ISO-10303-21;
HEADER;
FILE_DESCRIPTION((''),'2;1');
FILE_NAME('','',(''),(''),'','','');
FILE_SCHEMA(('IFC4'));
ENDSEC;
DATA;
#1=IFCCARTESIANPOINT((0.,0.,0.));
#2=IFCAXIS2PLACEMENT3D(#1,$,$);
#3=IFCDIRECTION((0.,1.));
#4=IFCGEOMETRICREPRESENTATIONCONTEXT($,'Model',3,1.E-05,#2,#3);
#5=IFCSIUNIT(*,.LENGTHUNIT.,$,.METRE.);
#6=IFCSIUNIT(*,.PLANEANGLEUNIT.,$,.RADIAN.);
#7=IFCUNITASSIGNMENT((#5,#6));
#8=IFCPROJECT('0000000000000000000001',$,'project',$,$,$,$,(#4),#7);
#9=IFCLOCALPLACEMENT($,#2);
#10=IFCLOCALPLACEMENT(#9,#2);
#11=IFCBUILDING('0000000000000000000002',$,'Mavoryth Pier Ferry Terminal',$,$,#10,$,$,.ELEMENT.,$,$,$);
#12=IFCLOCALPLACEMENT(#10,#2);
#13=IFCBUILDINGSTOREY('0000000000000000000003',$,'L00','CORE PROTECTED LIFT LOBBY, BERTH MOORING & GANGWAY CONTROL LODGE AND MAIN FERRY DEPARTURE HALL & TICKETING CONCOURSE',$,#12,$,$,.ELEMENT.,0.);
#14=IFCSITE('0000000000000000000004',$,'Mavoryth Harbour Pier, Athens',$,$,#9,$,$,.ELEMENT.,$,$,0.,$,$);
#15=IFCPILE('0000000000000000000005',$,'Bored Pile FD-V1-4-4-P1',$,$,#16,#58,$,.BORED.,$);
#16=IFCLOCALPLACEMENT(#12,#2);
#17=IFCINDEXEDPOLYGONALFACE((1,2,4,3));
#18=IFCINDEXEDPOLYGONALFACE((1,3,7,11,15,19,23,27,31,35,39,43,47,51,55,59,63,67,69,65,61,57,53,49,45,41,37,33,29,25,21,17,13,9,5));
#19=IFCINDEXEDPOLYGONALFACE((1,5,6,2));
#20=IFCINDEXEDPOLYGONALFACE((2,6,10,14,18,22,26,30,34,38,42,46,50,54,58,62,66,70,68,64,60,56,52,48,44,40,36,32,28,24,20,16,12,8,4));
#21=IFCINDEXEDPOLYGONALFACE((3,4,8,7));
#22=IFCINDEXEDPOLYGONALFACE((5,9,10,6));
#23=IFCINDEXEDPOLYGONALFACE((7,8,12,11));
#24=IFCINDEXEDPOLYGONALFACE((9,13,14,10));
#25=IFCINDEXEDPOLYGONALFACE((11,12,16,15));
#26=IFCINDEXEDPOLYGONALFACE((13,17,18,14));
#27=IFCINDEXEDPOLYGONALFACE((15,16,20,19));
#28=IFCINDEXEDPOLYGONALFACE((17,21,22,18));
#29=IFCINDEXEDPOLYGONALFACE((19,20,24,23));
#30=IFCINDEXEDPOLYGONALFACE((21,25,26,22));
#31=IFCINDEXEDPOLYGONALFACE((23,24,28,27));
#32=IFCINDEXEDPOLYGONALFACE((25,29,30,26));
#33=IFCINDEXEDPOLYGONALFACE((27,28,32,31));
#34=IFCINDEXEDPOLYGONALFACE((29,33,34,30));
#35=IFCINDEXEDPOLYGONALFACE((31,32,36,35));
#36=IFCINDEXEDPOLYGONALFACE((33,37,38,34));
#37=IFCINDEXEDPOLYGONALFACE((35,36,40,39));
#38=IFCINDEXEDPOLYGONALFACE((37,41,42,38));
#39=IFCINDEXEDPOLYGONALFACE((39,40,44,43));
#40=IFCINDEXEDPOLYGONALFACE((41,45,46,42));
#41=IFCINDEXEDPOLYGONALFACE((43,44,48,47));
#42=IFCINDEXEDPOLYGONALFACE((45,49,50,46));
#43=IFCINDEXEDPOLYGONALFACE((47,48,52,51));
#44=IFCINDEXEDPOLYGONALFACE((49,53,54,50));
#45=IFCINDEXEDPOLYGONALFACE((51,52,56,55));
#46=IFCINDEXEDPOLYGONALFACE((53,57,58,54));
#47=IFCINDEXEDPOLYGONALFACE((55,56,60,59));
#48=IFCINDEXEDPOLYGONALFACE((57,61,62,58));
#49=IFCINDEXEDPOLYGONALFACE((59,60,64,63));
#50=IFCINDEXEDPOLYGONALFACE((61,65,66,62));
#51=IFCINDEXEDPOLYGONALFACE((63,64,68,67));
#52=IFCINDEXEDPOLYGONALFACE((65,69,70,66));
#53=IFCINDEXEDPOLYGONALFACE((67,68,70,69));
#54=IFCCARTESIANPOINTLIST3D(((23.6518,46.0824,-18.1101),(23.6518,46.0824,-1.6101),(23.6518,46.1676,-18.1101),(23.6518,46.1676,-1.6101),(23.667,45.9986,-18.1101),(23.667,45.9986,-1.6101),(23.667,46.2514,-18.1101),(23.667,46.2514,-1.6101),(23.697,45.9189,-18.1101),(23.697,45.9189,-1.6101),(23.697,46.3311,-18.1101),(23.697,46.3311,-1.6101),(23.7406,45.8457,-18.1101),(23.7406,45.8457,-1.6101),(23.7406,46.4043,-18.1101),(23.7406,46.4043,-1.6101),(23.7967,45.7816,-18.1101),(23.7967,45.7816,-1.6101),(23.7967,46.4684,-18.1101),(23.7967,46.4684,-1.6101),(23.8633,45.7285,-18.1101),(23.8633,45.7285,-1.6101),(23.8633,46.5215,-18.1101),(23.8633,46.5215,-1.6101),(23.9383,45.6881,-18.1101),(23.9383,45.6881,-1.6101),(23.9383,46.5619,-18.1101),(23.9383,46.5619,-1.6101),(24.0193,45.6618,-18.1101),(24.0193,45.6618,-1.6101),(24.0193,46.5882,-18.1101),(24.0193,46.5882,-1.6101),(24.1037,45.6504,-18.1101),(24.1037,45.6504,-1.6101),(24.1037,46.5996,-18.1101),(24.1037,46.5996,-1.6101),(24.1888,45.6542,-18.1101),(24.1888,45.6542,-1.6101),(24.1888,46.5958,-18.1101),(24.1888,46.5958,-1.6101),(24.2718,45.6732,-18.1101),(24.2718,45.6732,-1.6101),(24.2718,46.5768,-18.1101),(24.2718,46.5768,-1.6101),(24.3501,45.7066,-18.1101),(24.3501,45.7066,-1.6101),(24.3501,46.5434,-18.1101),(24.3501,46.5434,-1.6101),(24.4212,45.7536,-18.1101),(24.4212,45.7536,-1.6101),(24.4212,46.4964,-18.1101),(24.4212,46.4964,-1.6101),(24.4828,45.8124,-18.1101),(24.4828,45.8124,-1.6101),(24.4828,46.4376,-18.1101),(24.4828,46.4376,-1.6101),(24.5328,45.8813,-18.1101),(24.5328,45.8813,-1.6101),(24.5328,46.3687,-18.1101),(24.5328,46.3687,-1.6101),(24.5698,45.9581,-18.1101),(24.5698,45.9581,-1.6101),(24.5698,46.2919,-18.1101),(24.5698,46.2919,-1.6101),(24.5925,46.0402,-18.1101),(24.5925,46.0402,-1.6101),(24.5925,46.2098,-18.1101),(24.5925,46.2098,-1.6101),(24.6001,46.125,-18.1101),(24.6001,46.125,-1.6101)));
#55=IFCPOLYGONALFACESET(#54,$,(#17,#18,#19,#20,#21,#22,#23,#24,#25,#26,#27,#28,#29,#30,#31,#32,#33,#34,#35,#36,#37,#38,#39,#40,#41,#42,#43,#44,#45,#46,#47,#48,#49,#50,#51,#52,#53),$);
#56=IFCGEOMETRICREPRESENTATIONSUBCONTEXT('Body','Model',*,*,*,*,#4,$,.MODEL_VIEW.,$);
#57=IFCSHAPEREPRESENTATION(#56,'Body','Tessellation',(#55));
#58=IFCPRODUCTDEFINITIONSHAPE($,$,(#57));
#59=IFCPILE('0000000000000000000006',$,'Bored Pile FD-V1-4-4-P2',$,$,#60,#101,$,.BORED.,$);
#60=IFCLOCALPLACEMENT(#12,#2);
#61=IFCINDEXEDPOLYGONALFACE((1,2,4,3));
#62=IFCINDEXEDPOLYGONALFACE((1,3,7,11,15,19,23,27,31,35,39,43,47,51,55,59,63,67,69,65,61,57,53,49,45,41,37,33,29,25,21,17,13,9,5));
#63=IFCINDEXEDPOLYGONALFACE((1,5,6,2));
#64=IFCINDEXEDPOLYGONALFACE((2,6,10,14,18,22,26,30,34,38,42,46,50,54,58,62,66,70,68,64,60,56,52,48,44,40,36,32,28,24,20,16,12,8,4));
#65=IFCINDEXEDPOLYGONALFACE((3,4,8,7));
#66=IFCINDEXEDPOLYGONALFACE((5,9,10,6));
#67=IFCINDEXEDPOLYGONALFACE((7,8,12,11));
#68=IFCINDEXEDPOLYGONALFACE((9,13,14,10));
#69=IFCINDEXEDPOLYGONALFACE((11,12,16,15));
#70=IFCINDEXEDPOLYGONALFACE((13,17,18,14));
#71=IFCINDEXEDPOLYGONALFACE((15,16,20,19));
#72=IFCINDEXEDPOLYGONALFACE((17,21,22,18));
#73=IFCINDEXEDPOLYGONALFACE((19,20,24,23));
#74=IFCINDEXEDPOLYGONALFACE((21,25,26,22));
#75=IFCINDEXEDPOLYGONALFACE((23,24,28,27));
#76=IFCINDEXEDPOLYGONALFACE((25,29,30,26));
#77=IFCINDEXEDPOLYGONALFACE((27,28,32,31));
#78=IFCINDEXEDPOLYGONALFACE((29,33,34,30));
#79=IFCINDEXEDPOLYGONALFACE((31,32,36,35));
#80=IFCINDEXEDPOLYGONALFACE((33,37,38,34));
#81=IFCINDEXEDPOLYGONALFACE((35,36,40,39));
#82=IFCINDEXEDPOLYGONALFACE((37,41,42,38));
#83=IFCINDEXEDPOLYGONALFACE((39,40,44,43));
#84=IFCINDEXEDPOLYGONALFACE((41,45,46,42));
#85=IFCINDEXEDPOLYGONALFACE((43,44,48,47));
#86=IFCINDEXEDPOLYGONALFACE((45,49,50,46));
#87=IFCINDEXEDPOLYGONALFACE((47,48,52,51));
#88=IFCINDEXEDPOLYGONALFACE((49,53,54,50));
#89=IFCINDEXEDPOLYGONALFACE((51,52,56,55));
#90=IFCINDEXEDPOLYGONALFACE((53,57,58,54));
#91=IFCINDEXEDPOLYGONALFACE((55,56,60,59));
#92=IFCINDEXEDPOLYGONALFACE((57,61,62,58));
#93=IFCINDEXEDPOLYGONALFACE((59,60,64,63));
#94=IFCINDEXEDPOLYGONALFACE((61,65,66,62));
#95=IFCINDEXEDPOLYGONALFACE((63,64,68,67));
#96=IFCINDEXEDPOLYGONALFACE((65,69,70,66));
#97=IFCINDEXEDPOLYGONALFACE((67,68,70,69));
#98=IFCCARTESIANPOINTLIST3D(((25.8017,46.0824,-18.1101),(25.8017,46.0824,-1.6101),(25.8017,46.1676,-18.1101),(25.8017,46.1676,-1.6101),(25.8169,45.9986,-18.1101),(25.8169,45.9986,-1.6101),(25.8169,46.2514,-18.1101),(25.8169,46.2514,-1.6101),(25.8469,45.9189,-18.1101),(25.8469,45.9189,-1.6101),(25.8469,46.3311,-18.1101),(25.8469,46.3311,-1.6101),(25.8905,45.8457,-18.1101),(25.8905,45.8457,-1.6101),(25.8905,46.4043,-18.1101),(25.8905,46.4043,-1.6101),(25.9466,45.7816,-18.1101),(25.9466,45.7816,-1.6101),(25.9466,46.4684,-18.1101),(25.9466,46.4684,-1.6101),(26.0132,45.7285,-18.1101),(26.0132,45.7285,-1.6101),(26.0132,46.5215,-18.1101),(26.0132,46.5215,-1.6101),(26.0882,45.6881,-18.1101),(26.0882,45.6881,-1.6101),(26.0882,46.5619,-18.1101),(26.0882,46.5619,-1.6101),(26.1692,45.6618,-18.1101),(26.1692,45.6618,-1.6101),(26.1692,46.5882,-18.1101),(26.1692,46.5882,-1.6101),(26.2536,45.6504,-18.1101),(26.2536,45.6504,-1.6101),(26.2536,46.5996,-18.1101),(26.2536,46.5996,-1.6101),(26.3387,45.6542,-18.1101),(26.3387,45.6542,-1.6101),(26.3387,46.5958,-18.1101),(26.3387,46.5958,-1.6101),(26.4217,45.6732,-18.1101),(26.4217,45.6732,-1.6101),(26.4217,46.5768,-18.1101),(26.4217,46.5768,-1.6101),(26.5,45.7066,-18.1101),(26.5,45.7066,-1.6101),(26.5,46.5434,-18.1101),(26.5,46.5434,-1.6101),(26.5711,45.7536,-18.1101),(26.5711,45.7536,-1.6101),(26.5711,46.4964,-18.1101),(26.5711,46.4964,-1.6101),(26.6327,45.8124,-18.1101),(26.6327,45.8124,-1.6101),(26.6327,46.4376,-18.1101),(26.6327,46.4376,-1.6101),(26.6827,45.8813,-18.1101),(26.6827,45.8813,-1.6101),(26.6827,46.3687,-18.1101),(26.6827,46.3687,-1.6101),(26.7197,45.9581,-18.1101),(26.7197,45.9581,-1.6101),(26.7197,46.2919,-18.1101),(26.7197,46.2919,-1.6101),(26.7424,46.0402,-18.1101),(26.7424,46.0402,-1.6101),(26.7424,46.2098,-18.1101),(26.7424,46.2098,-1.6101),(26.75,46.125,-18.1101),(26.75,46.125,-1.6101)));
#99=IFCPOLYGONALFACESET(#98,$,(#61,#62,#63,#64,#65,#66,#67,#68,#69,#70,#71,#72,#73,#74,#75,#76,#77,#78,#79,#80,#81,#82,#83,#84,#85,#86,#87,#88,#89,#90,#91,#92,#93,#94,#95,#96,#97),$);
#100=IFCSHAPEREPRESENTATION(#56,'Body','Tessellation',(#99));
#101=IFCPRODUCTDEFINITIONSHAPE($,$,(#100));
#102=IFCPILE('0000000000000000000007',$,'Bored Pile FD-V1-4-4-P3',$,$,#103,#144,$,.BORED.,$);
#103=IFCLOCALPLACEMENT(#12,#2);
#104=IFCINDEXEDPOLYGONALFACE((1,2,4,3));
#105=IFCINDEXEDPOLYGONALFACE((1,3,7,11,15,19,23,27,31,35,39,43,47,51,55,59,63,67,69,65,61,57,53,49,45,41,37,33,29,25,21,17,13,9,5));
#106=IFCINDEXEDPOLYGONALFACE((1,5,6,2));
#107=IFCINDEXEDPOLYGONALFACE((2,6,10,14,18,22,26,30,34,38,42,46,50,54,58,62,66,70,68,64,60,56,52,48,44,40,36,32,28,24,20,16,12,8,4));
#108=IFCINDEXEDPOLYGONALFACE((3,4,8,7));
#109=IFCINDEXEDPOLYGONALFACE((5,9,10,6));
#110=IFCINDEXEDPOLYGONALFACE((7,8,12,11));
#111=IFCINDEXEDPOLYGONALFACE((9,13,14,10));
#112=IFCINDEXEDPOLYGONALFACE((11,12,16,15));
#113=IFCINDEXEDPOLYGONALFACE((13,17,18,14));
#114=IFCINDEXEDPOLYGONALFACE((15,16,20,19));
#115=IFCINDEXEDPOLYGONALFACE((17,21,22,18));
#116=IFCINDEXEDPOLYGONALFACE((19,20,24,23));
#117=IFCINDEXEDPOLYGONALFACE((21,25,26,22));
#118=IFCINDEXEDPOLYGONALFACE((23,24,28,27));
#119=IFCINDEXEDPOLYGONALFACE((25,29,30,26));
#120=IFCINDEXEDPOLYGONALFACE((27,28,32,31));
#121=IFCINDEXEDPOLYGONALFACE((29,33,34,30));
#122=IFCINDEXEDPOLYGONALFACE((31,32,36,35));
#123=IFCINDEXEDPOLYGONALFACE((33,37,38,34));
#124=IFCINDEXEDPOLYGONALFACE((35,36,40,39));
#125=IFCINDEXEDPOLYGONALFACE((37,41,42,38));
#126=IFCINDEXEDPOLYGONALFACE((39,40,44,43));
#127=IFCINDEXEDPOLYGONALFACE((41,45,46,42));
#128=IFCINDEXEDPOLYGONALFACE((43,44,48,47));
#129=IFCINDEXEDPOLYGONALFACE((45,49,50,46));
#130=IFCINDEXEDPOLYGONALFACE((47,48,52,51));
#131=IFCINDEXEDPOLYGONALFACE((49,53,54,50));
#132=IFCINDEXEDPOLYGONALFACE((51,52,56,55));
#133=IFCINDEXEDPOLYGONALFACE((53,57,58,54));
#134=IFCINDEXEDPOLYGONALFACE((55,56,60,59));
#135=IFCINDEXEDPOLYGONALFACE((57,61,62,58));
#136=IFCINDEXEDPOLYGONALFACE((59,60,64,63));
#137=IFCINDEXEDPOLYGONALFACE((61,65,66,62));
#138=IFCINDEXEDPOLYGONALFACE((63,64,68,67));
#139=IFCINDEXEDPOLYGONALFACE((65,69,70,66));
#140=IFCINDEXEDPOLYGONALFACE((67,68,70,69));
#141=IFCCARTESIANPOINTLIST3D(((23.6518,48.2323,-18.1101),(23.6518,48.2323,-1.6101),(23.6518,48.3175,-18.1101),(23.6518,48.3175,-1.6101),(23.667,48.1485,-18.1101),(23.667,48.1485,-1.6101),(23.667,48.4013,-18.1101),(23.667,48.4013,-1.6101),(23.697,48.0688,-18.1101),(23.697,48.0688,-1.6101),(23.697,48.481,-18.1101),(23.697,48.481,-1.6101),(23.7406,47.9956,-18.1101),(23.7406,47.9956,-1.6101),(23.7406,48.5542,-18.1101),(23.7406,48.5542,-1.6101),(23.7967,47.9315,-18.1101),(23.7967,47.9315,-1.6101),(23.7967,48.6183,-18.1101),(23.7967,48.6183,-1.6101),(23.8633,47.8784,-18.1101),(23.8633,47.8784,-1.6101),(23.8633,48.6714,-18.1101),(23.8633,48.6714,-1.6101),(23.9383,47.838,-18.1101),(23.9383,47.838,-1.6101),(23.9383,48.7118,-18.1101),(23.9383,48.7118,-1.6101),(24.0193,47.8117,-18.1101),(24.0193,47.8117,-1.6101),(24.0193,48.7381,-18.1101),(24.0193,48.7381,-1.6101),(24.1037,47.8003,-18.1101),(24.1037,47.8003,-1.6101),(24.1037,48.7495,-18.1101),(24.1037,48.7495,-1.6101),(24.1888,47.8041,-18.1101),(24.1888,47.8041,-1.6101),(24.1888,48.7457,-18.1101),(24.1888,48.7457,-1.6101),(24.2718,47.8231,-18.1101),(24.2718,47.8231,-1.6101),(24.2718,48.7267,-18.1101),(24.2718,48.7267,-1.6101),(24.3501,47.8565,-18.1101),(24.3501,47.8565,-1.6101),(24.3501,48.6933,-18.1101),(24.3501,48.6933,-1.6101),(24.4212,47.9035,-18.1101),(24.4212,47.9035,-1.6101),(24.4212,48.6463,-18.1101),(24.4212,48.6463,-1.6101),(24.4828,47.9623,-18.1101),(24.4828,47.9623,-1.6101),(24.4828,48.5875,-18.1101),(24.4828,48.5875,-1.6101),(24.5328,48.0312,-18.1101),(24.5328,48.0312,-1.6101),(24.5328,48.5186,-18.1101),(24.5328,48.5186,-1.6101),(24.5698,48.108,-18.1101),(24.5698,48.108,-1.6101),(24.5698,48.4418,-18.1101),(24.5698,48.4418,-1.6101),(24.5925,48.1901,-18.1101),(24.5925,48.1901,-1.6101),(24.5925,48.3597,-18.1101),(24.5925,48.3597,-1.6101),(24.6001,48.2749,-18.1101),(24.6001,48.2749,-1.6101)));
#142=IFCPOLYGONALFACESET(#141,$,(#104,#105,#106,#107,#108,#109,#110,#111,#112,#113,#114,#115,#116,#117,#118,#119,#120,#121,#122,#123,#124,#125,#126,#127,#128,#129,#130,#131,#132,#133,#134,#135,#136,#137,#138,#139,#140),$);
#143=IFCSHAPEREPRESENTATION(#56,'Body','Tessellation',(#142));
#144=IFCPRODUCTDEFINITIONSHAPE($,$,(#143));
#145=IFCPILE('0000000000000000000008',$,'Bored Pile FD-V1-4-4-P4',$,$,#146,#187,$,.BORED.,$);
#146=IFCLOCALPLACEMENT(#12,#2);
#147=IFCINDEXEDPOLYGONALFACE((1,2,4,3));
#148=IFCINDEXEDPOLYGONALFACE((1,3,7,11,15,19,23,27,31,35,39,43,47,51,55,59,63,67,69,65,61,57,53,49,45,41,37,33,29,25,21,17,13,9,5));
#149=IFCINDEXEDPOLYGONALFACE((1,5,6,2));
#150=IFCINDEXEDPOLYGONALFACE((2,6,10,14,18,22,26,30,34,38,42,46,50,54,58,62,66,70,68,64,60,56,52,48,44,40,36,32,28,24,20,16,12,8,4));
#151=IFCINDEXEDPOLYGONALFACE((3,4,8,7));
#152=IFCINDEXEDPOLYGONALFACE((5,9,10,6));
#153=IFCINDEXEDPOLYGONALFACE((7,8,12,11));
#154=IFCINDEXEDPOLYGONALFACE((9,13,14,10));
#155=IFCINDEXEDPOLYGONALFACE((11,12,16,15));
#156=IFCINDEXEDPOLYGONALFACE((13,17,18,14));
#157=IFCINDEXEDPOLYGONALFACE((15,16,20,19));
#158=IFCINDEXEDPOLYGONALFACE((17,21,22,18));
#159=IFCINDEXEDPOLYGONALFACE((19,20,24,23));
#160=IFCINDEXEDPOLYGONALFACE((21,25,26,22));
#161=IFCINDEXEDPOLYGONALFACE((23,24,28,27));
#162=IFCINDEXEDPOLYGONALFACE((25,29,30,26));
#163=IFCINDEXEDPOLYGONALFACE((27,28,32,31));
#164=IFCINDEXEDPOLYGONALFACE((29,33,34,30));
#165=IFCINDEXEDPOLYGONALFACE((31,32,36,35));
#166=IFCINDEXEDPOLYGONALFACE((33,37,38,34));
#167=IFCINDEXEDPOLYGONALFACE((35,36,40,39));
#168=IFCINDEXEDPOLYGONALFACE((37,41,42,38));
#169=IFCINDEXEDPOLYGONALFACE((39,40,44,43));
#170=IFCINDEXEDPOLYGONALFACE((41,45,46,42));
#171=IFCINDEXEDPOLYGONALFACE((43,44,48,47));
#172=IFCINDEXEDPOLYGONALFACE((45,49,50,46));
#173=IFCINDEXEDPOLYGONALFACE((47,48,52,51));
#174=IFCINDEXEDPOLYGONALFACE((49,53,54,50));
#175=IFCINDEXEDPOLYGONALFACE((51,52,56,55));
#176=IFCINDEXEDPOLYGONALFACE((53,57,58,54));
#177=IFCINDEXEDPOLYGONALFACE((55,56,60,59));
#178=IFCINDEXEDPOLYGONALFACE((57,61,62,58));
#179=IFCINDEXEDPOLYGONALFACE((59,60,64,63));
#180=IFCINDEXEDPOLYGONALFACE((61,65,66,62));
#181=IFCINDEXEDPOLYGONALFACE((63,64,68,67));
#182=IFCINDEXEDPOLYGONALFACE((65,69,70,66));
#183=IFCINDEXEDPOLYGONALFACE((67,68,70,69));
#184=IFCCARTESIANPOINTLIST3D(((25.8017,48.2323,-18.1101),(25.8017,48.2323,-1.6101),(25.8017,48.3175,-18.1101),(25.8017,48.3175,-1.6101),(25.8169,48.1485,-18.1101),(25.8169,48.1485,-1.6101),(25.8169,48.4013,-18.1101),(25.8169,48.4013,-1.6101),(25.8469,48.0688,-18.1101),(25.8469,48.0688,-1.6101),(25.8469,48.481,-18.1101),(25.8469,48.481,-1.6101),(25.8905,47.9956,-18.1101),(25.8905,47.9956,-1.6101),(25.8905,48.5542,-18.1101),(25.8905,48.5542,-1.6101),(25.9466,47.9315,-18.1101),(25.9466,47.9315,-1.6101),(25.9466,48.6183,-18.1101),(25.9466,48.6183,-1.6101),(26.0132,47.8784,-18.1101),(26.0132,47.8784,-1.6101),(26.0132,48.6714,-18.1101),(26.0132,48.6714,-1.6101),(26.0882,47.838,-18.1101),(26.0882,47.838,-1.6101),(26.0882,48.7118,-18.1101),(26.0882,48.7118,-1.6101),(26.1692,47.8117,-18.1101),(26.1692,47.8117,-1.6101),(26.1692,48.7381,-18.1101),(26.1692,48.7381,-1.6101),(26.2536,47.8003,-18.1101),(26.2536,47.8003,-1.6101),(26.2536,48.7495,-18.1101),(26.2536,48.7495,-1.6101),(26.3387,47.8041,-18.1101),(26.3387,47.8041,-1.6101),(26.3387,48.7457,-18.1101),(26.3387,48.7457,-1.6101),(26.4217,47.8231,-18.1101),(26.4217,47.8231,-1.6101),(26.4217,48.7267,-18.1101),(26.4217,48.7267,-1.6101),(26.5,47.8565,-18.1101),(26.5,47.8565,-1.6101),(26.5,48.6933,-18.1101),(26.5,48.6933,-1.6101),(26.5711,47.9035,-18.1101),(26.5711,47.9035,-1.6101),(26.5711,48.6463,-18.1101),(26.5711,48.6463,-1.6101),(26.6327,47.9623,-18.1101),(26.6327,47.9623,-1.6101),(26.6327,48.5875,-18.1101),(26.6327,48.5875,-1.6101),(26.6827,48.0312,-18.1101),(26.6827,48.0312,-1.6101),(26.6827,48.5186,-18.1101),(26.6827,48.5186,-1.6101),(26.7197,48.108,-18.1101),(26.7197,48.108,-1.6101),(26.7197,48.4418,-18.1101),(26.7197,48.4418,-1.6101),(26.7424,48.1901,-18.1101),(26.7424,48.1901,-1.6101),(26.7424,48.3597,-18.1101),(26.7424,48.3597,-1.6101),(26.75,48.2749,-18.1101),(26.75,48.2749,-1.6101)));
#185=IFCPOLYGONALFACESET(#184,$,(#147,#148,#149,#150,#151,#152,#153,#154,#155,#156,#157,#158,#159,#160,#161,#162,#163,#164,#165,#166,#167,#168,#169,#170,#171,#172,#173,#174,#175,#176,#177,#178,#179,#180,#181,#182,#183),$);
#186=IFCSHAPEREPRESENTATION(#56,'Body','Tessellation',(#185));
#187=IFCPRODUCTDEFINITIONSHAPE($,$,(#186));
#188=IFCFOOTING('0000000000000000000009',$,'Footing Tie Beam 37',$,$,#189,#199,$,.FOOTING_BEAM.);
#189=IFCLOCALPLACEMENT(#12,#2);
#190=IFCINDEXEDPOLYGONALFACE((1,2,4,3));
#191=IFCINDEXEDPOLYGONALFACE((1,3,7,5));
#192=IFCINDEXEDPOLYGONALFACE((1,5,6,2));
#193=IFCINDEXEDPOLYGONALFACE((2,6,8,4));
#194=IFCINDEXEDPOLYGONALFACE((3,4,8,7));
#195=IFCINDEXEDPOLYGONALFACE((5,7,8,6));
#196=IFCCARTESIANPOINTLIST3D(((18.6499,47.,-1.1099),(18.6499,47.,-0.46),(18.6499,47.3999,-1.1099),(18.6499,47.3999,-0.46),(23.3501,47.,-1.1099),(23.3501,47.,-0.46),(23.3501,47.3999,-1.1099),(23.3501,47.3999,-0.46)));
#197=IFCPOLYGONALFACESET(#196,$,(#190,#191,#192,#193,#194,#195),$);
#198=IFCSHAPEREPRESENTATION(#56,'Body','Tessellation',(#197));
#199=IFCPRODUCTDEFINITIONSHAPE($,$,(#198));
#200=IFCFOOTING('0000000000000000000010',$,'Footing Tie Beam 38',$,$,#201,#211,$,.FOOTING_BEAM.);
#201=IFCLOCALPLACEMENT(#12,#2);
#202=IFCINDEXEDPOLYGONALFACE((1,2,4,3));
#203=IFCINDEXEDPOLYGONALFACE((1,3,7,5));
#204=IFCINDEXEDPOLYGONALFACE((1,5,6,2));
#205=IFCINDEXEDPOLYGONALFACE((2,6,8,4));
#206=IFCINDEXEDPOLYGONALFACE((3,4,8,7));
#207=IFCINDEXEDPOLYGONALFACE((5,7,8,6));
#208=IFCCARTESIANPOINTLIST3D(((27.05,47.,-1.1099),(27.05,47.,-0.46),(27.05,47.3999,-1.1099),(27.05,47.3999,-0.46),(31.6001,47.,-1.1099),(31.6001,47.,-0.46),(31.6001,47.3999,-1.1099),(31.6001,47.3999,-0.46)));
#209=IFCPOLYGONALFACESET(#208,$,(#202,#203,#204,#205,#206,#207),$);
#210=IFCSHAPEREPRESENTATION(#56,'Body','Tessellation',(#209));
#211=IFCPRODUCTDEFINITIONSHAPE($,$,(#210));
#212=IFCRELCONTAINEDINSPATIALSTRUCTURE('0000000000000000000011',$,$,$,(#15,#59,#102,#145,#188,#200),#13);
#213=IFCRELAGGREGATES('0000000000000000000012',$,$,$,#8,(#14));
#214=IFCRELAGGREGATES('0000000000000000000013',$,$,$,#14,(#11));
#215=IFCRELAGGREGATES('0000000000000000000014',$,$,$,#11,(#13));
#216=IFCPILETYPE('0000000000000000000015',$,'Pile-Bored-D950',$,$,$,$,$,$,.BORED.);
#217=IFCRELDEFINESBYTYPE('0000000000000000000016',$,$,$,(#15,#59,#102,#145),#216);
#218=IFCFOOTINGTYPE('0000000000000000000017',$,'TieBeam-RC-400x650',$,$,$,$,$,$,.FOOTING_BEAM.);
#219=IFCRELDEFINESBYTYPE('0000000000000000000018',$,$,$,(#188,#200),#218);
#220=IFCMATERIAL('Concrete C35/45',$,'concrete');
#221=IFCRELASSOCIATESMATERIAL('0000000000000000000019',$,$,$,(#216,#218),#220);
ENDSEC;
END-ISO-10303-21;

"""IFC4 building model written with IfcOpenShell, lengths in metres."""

from ifc_helpers import new_model, si_unit, direction, frame, origin, origin_2d, place, context, subcontext, project, spatial, rectangle, circle, extrude, material, material_profile, profile_set, type_object, element, save


model = new_model("IFC4")

# Units and contexts
model_context = context("Model", 3, precision=1e-05, world=origin(), true_north=direction((0.0, 1.0)))
body_context = subcontext(model_context, "Body", "Model", "MODEL_VIEW")
ifc_project = project(units=[si_unit("LENGTHUNIT", "METRE"), si_unit("PLANEANGLEUNIT", "RADIAN")], contexts=[model_context])

# Site, building, storey
site_placement = place(None, origin())
site = spatial("IfcSite", under=ifc_project, at=site_placement, Name="Mavoryth Harbour Pier, Athens", CompositionType="ELEMENT", RefElevation=0.0)
building_placement = place(site_placement, origin())
building = spatial("IfcBuilding", under=site, at=building_placement, Name="Mavoryth Pier Ferry Terminal", CompositionType="ELEMENT")
storey_placement = place(building_placement, origin())
storey = spatial("IfcBuildingStorey", under=building, at=storey_placement, Name="L00", Description="CORE PROTECTED LIFT LOBBY, BERTH MOORING & GANGWAY CONTROL LODGE AND MAIN FERRY DEPARTURE HALL & TICKETING CONCOURSE", CompositionType="ELEMENT", Elevation=0.0)

# Shared definitions
ifc_material_1 = material(Name="Concrete C35/45", Category="concrete")

# Piles
ifc_material_profile_1 = material_profile(ifc_material_1, circle(Radius=0.4751, at=origin_2d()), Name="PILE D950", Category="concrete")
ifc_profile_set_1 = profile_set([ifc_material_profile_1], Name="Concrete C35/45 - PILE D950")
pile_type_1 = type_object("IfcPileType", Name="Pile-Bored-D950", PredefinedType="BORED", material=ifc_profile_set_1)
for number, where, z_axis, x_axis, name in (
    (1, (24.125, 46.125, -1.6101), (0.0, 0.0, -1.0), (1.0, 0.0, 0.0), "Bored Pile FD-V1-4-4-P1"),
    (2, (26.2749, 46.125, -1.6101), (0.0, 0.0, -1.0), (1.0, 0.0, 0.0), "Bored Pile FD-V1-4-4-P2"),
    (3, (24.125, 48.2749, -1.6101), (0.0, 0.0, -1.0), (1.0, 0.0, 0.0), "Bored Pile FD-V1-4-4-P3"),
    (4, (26.2749, 48.2749, -1.6101), (0.0, 0.0, -1.0), (1.0, 0.0, 0.0), "Bored Pile FD-V1-4-4-P4"),
):
    element("IfcPile", number, at=place(storey_placement, frame(where, z_axis=z_axis, x_axis=x_axis)), inside=storey, type_object=pile_type_1, Name=name, PredefinedType="BORED", context=body_context, shape_type="SweptSolid", body=[
        extrude(circle(Radius=0.4751, at=origin_2d()), origin(), (0.0, 0.0, 1.0), 16.5),
    ])

# Footings
ifc_material_profile_2 = material_profile(ifc_material_1, rectangle(XDim=0.3999, YDim=0.6499, at=origin_2d()), Name="RC 400x650", Category="concrete")
ifc_profile_set_2 = profile_set([ifc_material_profile_2], Name="Concrete C35/45 - RC 400x650")
footing_type_1 = type_object("IfcFootingType", Name="TieBeam-RC-400x650", PredefinedType="FOOTING_BEAM", material=ifc_profile_set_2)
footing_1_placement = place(storey_placement, frame((18.6499, 47.2, -0.7849), z_axis=(1.0, 0.0, 0.0), x_axis=(0.0, 1.0, 0.0)))
element("IfcFooting", 5, at=footing_1_placement, inside=storey, type_object=footing_type_1, Name="Footing Tie Beam 37", PredefinedType="FOOTING_BEAM", context=body_context, shape_type="SweptSolid", body=[
    extrude(rectangle(XDim=0.3999, YDim=0.6499, at=origin_2d()), origin(), (0.0, 0.0, 1.0), 4.7002),
])
footing_2_placement = place(storey_placement, frame((27.05, 47.2, -0.7849), z_axis=(1.0, 0.0, 0.0), x_axis=(0.0, 1.0, 0.0)))
element("IfcFooting", 6, at=footing_2_placement, inside=storey, type_object=footing_type_1, Name="Footing Tie Beam 38", PredefinedType="FOOTING_BEAM", context=body_context, shape_type="SweptSolid", body=[
    extrude(rectangle(XDim=0.3999, YDim=0.6499, at=origin_2d()), origin(), (0.0, 0.0, 1.0), 4.55),
])

save(model, "model.ifc")
